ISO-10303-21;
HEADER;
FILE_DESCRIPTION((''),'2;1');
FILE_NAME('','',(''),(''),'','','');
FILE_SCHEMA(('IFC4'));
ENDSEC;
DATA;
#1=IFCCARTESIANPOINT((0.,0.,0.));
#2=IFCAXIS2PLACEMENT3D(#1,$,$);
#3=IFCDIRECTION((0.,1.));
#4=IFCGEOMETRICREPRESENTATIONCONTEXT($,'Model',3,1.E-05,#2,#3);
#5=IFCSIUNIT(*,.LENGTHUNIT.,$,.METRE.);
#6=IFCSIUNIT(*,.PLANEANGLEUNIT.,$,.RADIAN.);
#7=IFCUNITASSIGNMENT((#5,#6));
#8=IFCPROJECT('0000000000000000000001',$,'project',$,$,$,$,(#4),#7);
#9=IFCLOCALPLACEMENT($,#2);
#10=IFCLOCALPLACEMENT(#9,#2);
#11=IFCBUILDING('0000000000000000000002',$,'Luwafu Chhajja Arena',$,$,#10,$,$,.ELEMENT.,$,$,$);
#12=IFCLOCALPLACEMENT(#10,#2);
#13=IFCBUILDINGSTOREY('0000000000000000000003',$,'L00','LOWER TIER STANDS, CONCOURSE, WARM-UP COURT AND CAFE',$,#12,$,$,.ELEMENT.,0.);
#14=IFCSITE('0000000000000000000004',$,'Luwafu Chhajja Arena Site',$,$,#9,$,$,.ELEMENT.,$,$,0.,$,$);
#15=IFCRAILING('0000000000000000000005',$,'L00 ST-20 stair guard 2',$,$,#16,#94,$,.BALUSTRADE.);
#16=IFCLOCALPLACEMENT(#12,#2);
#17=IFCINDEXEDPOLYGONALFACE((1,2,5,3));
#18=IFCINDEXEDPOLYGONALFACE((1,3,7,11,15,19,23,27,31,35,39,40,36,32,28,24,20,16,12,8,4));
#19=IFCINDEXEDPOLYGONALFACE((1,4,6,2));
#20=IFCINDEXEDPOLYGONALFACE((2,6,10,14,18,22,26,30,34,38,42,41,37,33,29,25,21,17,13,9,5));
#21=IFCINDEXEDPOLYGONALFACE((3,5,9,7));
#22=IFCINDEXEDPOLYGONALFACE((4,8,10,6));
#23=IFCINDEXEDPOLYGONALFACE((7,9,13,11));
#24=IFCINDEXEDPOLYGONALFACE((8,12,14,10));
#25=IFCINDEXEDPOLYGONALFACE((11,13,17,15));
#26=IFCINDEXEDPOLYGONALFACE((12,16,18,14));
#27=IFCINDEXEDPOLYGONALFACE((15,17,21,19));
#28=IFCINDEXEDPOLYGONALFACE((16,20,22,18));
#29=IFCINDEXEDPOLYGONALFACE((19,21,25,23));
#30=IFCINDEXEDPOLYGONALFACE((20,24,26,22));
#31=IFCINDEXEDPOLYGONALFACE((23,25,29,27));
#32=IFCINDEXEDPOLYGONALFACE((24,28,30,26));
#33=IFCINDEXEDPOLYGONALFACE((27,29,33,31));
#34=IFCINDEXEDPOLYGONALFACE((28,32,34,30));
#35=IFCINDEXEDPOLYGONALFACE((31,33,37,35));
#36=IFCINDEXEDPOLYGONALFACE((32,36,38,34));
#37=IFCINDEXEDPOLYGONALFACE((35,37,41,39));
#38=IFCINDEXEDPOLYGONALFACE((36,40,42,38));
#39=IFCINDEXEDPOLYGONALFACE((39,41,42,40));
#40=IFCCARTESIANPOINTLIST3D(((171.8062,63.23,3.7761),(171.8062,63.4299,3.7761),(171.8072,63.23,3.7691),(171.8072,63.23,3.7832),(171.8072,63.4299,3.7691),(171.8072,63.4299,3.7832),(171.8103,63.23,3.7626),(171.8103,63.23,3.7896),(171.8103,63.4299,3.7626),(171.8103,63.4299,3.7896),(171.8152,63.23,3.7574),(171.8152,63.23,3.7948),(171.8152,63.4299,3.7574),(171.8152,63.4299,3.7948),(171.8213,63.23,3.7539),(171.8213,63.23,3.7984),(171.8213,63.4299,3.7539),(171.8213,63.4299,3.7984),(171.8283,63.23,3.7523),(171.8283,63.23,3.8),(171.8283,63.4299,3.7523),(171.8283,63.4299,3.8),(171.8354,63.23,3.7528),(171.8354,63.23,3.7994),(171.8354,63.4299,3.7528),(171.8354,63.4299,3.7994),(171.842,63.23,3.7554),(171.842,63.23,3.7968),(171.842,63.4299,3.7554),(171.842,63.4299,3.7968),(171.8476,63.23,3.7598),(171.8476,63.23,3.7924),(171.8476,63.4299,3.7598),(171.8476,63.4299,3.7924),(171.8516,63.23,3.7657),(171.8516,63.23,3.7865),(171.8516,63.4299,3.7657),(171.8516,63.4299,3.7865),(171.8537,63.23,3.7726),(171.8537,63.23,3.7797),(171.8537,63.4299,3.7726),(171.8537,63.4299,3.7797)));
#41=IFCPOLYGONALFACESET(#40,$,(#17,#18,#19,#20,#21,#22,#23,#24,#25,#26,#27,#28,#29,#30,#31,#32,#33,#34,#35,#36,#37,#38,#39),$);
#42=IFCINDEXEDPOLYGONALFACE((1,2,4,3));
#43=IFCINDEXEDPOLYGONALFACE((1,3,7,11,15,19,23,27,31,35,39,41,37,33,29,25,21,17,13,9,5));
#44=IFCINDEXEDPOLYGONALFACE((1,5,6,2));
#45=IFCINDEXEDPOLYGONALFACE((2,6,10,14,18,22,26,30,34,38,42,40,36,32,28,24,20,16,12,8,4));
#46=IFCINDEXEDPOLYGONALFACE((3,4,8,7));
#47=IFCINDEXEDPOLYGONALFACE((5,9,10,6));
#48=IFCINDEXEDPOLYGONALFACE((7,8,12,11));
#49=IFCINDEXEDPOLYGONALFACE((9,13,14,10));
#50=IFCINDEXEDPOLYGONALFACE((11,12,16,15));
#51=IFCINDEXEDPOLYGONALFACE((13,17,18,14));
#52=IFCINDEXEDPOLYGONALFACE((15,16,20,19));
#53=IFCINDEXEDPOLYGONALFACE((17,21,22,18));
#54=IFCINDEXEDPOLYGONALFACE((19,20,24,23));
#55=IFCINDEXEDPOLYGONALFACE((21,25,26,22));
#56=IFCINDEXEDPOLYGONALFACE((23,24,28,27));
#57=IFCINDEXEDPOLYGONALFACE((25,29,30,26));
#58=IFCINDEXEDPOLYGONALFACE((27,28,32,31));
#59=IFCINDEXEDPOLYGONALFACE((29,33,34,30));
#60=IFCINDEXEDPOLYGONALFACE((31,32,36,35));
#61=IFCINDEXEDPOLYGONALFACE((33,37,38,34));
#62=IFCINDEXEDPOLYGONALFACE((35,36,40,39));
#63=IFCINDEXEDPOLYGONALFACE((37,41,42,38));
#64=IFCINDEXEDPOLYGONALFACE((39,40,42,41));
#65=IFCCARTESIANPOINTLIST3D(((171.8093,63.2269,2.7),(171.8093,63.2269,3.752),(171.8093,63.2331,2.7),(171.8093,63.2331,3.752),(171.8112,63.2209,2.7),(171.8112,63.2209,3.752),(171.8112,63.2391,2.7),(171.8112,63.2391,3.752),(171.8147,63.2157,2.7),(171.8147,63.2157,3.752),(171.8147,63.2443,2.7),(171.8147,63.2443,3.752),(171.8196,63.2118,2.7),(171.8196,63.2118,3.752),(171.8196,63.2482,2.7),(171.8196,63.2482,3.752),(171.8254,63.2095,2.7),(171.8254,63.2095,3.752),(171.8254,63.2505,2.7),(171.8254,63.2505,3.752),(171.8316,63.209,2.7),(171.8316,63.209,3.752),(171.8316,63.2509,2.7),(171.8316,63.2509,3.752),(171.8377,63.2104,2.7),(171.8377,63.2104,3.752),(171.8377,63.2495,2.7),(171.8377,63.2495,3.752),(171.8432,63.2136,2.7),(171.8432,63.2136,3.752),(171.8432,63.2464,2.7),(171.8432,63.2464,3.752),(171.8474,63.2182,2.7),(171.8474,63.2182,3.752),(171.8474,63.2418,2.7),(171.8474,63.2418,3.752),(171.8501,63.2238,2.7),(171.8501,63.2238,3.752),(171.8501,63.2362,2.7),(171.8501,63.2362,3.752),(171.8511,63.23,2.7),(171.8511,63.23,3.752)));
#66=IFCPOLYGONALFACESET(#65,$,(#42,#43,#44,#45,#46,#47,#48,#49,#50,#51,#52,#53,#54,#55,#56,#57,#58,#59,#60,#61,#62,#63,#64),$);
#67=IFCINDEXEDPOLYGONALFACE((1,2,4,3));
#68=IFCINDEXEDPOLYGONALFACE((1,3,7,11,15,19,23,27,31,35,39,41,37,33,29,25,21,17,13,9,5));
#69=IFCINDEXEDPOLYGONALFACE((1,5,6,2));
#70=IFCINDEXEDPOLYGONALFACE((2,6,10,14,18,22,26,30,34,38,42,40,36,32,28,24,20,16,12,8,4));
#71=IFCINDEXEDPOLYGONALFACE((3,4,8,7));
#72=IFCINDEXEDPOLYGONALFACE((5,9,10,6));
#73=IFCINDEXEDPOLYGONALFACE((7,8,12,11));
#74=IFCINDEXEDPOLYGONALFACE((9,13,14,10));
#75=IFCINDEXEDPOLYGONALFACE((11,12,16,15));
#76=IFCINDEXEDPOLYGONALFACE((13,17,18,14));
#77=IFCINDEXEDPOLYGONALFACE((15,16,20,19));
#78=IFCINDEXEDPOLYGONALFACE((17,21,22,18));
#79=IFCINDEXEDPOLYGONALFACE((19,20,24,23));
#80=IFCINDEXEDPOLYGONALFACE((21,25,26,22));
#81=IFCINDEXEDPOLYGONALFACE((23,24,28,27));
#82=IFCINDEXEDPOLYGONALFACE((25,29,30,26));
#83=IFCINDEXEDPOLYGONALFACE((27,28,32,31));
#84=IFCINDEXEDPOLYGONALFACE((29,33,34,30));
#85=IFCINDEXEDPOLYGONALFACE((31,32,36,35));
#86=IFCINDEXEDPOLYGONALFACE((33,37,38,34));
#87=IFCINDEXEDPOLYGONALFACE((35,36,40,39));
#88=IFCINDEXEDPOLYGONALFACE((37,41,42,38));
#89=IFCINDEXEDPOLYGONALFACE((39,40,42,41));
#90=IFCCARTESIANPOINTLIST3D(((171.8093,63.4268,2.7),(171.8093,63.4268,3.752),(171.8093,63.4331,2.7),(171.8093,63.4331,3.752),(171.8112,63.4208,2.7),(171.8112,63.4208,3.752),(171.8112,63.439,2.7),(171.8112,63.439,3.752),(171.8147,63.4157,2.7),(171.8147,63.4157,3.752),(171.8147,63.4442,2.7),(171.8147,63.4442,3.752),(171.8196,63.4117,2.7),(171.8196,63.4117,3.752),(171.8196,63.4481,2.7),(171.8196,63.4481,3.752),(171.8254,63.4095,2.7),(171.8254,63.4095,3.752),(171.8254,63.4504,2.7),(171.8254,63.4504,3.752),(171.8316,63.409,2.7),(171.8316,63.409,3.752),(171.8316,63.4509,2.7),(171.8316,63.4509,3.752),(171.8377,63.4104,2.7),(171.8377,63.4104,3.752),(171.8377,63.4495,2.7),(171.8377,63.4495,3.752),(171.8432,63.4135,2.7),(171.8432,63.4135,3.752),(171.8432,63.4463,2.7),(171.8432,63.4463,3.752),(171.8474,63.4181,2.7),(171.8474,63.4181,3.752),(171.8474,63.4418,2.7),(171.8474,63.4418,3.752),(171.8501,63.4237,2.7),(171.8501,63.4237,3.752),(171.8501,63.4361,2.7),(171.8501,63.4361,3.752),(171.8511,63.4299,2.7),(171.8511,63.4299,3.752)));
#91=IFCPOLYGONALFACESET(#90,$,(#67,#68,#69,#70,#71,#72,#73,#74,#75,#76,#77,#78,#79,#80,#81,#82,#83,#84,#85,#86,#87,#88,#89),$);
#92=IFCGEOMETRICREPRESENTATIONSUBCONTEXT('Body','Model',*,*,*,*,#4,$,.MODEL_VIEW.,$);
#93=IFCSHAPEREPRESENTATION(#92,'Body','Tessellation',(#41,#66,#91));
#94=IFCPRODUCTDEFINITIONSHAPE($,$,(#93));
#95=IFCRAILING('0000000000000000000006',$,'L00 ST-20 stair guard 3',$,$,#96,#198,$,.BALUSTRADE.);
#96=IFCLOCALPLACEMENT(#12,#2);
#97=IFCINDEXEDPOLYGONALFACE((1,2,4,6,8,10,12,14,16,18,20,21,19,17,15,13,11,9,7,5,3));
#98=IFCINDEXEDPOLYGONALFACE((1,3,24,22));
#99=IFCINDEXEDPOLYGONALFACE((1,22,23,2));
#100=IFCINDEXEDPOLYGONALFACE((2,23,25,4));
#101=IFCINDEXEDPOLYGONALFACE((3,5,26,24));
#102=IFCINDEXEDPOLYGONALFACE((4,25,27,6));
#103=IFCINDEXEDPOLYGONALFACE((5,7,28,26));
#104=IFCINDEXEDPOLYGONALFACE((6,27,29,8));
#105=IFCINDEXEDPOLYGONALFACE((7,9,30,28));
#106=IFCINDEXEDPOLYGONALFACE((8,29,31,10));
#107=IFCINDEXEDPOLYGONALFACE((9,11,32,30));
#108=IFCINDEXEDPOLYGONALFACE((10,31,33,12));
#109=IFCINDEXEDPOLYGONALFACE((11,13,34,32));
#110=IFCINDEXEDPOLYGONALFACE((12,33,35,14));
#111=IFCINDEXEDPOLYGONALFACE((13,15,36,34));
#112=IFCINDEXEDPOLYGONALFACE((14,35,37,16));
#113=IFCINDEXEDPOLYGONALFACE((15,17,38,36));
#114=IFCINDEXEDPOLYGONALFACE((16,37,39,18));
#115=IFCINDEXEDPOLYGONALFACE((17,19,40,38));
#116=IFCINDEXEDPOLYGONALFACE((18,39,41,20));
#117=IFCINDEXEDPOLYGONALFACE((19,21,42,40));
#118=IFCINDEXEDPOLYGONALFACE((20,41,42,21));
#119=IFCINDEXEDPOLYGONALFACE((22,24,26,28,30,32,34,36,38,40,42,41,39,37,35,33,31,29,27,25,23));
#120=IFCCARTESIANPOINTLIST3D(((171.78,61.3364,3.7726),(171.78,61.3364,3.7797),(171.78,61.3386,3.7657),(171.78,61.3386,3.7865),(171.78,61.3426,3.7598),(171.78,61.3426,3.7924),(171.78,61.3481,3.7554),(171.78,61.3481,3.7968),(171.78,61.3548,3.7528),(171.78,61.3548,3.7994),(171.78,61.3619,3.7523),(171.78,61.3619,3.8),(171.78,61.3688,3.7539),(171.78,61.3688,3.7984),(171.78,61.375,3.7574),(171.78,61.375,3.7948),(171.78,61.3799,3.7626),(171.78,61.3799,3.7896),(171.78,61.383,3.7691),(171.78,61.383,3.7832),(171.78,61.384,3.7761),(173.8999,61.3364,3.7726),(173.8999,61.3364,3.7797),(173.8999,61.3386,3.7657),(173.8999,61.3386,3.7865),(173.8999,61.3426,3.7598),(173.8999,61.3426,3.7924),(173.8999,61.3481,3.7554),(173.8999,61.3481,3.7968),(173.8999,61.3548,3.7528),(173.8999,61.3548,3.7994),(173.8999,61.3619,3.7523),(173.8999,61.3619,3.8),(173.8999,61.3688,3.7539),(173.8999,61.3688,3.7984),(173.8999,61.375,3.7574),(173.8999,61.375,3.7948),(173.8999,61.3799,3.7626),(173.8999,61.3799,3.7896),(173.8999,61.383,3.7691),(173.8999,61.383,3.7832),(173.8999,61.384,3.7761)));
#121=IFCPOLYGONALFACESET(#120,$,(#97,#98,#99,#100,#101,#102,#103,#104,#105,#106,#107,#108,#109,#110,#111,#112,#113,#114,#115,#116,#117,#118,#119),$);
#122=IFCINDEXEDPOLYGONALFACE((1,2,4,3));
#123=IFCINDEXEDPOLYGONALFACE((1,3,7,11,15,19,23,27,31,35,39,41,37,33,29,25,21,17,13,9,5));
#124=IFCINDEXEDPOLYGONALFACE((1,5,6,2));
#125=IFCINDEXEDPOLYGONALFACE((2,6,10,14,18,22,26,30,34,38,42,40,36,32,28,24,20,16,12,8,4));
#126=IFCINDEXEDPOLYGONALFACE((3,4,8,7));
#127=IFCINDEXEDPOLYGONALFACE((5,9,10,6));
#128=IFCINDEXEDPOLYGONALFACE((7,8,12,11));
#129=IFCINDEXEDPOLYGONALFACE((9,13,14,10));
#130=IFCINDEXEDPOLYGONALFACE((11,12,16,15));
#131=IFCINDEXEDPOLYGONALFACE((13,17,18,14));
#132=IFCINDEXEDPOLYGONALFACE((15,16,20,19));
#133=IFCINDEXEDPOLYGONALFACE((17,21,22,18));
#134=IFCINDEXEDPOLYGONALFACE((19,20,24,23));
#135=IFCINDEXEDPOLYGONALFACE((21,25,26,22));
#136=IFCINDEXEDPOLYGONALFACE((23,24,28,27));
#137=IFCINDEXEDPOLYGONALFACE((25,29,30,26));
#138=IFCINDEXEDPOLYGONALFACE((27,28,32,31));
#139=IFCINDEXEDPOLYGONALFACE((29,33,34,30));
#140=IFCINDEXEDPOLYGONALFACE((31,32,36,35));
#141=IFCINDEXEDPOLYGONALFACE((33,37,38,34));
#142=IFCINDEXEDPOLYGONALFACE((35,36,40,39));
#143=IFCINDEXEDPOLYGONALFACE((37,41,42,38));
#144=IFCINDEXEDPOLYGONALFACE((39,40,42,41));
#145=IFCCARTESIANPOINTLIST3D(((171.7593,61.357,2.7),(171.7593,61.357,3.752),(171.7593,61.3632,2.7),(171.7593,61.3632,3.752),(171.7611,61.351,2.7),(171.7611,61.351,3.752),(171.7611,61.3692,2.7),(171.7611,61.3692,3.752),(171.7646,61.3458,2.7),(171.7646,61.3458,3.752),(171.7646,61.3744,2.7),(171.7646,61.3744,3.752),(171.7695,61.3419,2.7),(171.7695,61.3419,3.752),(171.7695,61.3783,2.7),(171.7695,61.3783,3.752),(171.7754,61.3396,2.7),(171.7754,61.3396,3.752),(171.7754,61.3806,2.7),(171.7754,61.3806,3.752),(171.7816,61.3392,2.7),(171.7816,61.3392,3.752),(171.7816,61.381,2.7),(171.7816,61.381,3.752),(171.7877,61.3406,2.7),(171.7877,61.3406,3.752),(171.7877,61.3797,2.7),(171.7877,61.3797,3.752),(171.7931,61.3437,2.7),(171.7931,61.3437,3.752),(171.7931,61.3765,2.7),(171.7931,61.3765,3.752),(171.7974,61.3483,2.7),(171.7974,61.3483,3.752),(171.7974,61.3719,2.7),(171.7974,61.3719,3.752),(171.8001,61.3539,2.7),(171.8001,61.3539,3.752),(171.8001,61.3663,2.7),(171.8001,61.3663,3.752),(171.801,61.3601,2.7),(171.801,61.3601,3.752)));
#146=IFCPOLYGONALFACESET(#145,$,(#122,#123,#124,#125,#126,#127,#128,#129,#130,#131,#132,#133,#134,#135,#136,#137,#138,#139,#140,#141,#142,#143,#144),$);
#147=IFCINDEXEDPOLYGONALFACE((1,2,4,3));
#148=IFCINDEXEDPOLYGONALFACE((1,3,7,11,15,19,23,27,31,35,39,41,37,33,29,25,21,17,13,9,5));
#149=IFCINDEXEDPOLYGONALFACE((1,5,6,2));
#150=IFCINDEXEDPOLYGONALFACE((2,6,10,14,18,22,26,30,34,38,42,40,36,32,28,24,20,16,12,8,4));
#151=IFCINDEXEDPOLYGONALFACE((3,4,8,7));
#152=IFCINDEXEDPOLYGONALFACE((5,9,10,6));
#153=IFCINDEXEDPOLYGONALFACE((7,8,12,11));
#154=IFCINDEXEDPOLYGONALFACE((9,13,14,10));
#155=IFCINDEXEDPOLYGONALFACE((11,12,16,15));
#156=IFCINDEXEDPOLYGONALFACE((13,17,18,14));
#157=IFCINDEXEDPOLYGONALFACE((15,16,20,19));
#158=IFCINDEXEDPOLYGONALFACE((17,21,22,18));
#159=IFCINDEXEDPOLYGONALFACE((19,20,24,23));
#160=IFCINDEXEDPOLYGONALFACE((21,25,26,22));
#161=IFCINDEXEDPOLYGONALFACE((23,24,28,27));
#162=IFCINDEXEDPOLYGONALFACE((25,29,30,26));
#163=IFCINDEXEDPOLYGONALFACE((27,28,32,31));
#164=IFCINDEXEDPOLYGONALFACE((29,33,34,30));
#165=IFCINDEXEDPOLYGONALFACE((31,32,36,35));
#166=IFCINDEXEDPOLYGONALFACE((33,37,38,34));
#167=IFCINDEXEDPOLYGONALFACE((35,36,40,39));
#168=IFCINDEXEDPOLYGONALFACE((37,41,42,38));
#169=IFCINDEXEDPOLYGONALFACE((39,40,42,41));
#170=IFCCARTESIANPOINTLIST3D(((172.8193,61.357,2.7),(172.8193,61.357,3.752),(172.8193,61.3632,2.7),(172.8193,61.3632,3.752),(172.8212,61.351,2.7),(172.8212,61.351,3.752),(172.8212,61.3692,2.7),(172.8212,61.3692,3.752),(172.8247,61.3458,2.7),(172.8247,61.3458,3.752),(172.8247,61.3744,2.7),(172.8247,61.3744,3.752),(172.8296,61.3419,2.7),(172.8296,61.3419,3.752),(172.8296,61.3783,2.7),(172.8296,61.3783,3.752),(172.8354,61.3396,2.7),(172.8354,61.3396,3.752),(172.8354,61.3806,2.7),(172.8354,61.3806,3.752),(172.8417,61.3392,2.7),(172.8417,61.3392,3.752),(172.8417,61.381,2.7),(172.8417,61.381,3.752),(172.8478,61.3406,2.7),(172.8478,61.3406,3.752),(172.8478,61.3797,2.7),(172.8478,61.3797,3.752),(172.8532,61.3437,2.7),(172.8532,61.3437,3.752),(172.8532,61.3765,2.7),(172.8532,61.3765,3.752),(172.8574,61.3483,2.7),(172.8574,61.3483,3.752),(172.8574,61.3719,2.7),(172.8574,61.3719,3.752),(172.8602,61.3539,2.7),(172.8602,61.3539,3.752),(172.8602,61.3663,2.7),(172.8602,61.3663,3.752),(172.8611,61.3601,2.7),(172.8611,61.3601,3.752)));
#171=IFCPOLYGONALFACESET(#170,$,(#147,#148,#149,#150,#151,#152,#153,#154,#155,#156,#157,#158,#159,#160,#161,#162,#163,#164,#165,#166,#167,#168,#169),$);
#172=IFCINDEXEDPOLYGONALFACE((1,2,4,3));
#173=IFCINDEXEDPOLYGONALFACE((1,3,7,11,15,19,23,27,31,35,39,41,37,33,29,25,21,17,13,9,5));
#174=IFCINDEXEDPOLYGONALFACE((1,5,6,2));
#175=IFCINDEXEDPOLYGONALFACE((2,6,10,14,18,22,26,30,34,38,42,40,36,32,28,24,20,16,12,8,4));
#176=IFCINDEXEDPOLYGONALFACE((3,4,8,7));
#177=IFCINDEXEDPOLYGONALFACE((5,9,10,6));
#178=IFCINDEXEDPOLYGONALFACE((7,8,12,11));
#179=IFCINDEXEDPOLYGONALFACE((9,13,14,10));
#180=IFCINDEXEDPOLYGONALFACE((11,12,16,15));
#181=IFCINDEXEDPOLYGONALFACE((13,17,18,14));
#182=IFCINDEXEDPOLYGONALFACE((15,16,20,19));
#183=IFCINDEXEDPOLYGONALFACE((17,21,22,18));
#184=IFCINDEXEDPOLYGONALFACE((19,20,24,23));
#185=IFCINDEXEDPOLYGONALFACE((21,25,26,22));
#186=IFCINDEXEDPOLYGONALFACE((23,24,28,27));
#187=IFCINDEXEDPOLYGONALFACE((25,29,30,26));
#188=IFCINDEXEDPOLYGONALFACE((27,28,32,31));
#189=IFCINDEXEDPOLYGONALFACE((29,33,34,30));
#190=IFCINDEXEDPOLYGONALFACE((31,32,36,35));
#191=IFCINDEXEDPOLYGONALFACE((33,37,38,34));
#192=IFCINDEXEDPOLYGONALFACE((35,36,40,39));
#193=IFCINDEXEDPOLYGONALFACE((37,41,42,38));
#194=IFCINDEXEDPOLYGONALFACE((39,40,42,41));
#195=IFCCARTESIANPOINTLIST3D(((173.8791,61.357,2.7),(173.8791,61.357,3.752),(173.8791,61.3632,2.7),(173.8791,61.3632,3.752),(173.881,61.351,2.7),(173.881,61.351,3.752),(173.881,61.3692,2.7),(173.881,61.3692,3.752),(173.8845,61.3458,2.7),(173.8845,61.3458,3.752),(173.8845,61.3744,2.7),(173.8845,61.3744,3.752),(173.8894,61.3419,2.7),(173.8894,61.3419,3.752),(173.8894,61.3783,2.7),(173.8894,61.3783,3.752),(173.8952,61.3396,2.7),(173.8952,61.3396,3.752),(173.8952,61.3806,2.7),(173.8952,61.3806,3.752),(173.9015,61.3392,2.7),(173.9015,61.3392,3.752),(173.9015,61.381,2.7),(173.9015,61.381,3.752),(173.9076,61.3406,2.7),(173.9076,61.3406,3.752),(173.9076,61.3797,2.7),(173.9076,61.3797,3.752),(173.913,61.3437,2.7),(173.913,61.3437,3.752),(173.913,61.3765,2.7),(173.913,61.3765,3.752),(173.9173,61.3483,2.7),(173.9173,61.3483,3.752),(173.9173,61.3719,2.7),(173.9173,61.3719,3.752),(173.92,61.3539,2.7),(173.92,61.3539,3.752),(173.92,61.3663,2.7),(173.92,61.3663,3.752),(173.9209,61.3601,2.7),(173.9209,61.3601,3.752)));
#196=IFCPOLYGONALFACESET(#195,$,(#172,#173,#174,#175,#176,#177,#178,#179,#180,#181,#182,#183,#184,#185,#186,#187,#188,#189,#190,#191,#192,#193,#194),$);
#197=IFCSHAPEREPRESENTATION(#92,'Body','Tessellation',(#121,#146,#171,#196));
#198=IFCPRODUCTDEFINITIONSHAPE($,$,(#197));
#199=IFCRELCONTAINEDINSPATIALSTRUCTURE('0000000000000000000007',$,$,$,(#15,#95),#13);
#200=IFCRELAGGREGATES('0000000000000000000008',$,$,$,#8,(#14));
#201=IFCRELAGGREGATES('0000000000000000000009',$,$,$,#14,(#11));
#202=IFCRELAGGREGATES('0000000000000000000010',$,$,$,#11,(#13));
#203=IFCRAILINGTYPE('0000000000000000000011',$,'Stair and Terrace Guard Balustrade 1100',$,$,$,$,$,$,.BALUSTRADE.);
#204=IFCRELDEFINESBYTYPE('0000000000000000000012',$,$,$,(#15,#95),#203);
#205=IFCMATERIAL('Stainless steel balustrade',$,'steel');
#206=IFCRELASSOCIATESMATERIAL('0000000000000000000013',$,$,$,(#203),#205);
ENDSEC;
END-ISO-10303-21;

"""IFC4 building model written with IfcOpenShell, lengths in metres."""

from ifc_helpers import new_model, si_unit, direction, frame, origin, origin_2d, place, context, subcontext, project, spatial, circle, extrude, material, type_object, element, save


model = new_model("IFC4")

# Units and contexts
model_context = context("Model", 3, precision=1e-05, world=origin(), true_north=direction((0.0, 1.0)))
body_context = subcontext(model_context, "Body", "Model", "MODEL_VIEW")
ifc_project = project(units=[si_unit("LENGTHUNIT", "METRE"), si_unit("PLANEANGLEUNIT", "RADIAN")], contexts=[model_context])

# Site, building, storey
site_placement = place(None, origin())
site = spatial("IfcSite", under=ifc_project, at=site_placement, Name="Luwafu Chhajja Arena Site", CompositionType="ELEMENT", RefElevation=0.0)
building_placement = place(site_placement, origin())
building = spatial("IfcBuilding", under=site, at=building_placement, Name="Luwafu Chhajja Arena", CompositionType="ELEMENT")
storey_placement = place(building_placement, origin())
storey = spatial("IfcBuildingStorey", under=building, at=storey_placement, Name="L00", Description="LOWER TIER STANDS, CONCOURSE, WARM-UP COURT AND CAFE", CompositionType="ELEMENT", Elevation=0.0)

# Railings
ifc_material_1 = material(Name="Stainless steel balustrade", Category="steel")
railing_type_1 = type_object("IfcRailingType", Name="Stair and Terrace Guard Balustrade 1100", PredefinedType="BALUSTRADE", material=ifc_material_1)
railing_1_placement = place(storey_placement, frame((171.8301, 63.23, 2.7)))
element("IfcRailing", 1, at=railing_1_placement, inside=storey, type_object=railing_type_1, Name="L00 ST-20 stair guard 2", PredefinedType="BALUSTRADE", context=body_context, shape_type="SweptSolid", body=[
    extrude(circle(Radius=0.0239, at=origin_2d()), frame((0.0, 0.0, 1.0762), z_axis=(0.0, 1.0, 0.0), x_axis=(-1.0, 0.0, 0.0)), (0.0, 0.0, 1.0), 0.2),
    extrude(circle(Radius=0.021, at=origin_2d()), origin(), (0.0, 0.0, 1.0), 1.052),
    extrude(circle(Radius=0.021, at=origin_2d()), frame((0.0, 0.2, 0.0)), (0.0, 0.0, 1.0), 1.052),
])
for number, where, name in (
    (2, (171.78, 61.3601, 2.7), "L00 ST-20 stair guard 3"),
):
    element("IfcRailing", number, at=place(storey_placement, frame(where)), inside=storey, type_object=railing_type_1, Name=name, PredefinedType="BALUSTRADE", context=body_context, shape_type="SweptSolid", body=[
        extrude(circle(Radius=0.0239, at=origin_2d()), frame((0.0, 0.0, 1.0762), z_axis=(1.0, 0.0, 0.0), x_axis=(0.0, 1.0, 0.0)), (0.0, 0.0, 1.0), 2.1199),
        extrude(circle(Radius=0.021, at=origin_2d()), origin(), (0.0, 0.0, 1.0), 1.052),
        extrude(circle(Radius=0.021, at=origin_2d()), frame((1.0601, 0.0, 0.0)), (0.0, 0.0, 1.0), 1.052),
        extrude(circle(Radius=0.021, at=origin_2d()), frame((2.1199, 0.0, 0.0)), (0.0, 0.0, 1.0), 1.052),
    ])

save(model, "model.ifc")
